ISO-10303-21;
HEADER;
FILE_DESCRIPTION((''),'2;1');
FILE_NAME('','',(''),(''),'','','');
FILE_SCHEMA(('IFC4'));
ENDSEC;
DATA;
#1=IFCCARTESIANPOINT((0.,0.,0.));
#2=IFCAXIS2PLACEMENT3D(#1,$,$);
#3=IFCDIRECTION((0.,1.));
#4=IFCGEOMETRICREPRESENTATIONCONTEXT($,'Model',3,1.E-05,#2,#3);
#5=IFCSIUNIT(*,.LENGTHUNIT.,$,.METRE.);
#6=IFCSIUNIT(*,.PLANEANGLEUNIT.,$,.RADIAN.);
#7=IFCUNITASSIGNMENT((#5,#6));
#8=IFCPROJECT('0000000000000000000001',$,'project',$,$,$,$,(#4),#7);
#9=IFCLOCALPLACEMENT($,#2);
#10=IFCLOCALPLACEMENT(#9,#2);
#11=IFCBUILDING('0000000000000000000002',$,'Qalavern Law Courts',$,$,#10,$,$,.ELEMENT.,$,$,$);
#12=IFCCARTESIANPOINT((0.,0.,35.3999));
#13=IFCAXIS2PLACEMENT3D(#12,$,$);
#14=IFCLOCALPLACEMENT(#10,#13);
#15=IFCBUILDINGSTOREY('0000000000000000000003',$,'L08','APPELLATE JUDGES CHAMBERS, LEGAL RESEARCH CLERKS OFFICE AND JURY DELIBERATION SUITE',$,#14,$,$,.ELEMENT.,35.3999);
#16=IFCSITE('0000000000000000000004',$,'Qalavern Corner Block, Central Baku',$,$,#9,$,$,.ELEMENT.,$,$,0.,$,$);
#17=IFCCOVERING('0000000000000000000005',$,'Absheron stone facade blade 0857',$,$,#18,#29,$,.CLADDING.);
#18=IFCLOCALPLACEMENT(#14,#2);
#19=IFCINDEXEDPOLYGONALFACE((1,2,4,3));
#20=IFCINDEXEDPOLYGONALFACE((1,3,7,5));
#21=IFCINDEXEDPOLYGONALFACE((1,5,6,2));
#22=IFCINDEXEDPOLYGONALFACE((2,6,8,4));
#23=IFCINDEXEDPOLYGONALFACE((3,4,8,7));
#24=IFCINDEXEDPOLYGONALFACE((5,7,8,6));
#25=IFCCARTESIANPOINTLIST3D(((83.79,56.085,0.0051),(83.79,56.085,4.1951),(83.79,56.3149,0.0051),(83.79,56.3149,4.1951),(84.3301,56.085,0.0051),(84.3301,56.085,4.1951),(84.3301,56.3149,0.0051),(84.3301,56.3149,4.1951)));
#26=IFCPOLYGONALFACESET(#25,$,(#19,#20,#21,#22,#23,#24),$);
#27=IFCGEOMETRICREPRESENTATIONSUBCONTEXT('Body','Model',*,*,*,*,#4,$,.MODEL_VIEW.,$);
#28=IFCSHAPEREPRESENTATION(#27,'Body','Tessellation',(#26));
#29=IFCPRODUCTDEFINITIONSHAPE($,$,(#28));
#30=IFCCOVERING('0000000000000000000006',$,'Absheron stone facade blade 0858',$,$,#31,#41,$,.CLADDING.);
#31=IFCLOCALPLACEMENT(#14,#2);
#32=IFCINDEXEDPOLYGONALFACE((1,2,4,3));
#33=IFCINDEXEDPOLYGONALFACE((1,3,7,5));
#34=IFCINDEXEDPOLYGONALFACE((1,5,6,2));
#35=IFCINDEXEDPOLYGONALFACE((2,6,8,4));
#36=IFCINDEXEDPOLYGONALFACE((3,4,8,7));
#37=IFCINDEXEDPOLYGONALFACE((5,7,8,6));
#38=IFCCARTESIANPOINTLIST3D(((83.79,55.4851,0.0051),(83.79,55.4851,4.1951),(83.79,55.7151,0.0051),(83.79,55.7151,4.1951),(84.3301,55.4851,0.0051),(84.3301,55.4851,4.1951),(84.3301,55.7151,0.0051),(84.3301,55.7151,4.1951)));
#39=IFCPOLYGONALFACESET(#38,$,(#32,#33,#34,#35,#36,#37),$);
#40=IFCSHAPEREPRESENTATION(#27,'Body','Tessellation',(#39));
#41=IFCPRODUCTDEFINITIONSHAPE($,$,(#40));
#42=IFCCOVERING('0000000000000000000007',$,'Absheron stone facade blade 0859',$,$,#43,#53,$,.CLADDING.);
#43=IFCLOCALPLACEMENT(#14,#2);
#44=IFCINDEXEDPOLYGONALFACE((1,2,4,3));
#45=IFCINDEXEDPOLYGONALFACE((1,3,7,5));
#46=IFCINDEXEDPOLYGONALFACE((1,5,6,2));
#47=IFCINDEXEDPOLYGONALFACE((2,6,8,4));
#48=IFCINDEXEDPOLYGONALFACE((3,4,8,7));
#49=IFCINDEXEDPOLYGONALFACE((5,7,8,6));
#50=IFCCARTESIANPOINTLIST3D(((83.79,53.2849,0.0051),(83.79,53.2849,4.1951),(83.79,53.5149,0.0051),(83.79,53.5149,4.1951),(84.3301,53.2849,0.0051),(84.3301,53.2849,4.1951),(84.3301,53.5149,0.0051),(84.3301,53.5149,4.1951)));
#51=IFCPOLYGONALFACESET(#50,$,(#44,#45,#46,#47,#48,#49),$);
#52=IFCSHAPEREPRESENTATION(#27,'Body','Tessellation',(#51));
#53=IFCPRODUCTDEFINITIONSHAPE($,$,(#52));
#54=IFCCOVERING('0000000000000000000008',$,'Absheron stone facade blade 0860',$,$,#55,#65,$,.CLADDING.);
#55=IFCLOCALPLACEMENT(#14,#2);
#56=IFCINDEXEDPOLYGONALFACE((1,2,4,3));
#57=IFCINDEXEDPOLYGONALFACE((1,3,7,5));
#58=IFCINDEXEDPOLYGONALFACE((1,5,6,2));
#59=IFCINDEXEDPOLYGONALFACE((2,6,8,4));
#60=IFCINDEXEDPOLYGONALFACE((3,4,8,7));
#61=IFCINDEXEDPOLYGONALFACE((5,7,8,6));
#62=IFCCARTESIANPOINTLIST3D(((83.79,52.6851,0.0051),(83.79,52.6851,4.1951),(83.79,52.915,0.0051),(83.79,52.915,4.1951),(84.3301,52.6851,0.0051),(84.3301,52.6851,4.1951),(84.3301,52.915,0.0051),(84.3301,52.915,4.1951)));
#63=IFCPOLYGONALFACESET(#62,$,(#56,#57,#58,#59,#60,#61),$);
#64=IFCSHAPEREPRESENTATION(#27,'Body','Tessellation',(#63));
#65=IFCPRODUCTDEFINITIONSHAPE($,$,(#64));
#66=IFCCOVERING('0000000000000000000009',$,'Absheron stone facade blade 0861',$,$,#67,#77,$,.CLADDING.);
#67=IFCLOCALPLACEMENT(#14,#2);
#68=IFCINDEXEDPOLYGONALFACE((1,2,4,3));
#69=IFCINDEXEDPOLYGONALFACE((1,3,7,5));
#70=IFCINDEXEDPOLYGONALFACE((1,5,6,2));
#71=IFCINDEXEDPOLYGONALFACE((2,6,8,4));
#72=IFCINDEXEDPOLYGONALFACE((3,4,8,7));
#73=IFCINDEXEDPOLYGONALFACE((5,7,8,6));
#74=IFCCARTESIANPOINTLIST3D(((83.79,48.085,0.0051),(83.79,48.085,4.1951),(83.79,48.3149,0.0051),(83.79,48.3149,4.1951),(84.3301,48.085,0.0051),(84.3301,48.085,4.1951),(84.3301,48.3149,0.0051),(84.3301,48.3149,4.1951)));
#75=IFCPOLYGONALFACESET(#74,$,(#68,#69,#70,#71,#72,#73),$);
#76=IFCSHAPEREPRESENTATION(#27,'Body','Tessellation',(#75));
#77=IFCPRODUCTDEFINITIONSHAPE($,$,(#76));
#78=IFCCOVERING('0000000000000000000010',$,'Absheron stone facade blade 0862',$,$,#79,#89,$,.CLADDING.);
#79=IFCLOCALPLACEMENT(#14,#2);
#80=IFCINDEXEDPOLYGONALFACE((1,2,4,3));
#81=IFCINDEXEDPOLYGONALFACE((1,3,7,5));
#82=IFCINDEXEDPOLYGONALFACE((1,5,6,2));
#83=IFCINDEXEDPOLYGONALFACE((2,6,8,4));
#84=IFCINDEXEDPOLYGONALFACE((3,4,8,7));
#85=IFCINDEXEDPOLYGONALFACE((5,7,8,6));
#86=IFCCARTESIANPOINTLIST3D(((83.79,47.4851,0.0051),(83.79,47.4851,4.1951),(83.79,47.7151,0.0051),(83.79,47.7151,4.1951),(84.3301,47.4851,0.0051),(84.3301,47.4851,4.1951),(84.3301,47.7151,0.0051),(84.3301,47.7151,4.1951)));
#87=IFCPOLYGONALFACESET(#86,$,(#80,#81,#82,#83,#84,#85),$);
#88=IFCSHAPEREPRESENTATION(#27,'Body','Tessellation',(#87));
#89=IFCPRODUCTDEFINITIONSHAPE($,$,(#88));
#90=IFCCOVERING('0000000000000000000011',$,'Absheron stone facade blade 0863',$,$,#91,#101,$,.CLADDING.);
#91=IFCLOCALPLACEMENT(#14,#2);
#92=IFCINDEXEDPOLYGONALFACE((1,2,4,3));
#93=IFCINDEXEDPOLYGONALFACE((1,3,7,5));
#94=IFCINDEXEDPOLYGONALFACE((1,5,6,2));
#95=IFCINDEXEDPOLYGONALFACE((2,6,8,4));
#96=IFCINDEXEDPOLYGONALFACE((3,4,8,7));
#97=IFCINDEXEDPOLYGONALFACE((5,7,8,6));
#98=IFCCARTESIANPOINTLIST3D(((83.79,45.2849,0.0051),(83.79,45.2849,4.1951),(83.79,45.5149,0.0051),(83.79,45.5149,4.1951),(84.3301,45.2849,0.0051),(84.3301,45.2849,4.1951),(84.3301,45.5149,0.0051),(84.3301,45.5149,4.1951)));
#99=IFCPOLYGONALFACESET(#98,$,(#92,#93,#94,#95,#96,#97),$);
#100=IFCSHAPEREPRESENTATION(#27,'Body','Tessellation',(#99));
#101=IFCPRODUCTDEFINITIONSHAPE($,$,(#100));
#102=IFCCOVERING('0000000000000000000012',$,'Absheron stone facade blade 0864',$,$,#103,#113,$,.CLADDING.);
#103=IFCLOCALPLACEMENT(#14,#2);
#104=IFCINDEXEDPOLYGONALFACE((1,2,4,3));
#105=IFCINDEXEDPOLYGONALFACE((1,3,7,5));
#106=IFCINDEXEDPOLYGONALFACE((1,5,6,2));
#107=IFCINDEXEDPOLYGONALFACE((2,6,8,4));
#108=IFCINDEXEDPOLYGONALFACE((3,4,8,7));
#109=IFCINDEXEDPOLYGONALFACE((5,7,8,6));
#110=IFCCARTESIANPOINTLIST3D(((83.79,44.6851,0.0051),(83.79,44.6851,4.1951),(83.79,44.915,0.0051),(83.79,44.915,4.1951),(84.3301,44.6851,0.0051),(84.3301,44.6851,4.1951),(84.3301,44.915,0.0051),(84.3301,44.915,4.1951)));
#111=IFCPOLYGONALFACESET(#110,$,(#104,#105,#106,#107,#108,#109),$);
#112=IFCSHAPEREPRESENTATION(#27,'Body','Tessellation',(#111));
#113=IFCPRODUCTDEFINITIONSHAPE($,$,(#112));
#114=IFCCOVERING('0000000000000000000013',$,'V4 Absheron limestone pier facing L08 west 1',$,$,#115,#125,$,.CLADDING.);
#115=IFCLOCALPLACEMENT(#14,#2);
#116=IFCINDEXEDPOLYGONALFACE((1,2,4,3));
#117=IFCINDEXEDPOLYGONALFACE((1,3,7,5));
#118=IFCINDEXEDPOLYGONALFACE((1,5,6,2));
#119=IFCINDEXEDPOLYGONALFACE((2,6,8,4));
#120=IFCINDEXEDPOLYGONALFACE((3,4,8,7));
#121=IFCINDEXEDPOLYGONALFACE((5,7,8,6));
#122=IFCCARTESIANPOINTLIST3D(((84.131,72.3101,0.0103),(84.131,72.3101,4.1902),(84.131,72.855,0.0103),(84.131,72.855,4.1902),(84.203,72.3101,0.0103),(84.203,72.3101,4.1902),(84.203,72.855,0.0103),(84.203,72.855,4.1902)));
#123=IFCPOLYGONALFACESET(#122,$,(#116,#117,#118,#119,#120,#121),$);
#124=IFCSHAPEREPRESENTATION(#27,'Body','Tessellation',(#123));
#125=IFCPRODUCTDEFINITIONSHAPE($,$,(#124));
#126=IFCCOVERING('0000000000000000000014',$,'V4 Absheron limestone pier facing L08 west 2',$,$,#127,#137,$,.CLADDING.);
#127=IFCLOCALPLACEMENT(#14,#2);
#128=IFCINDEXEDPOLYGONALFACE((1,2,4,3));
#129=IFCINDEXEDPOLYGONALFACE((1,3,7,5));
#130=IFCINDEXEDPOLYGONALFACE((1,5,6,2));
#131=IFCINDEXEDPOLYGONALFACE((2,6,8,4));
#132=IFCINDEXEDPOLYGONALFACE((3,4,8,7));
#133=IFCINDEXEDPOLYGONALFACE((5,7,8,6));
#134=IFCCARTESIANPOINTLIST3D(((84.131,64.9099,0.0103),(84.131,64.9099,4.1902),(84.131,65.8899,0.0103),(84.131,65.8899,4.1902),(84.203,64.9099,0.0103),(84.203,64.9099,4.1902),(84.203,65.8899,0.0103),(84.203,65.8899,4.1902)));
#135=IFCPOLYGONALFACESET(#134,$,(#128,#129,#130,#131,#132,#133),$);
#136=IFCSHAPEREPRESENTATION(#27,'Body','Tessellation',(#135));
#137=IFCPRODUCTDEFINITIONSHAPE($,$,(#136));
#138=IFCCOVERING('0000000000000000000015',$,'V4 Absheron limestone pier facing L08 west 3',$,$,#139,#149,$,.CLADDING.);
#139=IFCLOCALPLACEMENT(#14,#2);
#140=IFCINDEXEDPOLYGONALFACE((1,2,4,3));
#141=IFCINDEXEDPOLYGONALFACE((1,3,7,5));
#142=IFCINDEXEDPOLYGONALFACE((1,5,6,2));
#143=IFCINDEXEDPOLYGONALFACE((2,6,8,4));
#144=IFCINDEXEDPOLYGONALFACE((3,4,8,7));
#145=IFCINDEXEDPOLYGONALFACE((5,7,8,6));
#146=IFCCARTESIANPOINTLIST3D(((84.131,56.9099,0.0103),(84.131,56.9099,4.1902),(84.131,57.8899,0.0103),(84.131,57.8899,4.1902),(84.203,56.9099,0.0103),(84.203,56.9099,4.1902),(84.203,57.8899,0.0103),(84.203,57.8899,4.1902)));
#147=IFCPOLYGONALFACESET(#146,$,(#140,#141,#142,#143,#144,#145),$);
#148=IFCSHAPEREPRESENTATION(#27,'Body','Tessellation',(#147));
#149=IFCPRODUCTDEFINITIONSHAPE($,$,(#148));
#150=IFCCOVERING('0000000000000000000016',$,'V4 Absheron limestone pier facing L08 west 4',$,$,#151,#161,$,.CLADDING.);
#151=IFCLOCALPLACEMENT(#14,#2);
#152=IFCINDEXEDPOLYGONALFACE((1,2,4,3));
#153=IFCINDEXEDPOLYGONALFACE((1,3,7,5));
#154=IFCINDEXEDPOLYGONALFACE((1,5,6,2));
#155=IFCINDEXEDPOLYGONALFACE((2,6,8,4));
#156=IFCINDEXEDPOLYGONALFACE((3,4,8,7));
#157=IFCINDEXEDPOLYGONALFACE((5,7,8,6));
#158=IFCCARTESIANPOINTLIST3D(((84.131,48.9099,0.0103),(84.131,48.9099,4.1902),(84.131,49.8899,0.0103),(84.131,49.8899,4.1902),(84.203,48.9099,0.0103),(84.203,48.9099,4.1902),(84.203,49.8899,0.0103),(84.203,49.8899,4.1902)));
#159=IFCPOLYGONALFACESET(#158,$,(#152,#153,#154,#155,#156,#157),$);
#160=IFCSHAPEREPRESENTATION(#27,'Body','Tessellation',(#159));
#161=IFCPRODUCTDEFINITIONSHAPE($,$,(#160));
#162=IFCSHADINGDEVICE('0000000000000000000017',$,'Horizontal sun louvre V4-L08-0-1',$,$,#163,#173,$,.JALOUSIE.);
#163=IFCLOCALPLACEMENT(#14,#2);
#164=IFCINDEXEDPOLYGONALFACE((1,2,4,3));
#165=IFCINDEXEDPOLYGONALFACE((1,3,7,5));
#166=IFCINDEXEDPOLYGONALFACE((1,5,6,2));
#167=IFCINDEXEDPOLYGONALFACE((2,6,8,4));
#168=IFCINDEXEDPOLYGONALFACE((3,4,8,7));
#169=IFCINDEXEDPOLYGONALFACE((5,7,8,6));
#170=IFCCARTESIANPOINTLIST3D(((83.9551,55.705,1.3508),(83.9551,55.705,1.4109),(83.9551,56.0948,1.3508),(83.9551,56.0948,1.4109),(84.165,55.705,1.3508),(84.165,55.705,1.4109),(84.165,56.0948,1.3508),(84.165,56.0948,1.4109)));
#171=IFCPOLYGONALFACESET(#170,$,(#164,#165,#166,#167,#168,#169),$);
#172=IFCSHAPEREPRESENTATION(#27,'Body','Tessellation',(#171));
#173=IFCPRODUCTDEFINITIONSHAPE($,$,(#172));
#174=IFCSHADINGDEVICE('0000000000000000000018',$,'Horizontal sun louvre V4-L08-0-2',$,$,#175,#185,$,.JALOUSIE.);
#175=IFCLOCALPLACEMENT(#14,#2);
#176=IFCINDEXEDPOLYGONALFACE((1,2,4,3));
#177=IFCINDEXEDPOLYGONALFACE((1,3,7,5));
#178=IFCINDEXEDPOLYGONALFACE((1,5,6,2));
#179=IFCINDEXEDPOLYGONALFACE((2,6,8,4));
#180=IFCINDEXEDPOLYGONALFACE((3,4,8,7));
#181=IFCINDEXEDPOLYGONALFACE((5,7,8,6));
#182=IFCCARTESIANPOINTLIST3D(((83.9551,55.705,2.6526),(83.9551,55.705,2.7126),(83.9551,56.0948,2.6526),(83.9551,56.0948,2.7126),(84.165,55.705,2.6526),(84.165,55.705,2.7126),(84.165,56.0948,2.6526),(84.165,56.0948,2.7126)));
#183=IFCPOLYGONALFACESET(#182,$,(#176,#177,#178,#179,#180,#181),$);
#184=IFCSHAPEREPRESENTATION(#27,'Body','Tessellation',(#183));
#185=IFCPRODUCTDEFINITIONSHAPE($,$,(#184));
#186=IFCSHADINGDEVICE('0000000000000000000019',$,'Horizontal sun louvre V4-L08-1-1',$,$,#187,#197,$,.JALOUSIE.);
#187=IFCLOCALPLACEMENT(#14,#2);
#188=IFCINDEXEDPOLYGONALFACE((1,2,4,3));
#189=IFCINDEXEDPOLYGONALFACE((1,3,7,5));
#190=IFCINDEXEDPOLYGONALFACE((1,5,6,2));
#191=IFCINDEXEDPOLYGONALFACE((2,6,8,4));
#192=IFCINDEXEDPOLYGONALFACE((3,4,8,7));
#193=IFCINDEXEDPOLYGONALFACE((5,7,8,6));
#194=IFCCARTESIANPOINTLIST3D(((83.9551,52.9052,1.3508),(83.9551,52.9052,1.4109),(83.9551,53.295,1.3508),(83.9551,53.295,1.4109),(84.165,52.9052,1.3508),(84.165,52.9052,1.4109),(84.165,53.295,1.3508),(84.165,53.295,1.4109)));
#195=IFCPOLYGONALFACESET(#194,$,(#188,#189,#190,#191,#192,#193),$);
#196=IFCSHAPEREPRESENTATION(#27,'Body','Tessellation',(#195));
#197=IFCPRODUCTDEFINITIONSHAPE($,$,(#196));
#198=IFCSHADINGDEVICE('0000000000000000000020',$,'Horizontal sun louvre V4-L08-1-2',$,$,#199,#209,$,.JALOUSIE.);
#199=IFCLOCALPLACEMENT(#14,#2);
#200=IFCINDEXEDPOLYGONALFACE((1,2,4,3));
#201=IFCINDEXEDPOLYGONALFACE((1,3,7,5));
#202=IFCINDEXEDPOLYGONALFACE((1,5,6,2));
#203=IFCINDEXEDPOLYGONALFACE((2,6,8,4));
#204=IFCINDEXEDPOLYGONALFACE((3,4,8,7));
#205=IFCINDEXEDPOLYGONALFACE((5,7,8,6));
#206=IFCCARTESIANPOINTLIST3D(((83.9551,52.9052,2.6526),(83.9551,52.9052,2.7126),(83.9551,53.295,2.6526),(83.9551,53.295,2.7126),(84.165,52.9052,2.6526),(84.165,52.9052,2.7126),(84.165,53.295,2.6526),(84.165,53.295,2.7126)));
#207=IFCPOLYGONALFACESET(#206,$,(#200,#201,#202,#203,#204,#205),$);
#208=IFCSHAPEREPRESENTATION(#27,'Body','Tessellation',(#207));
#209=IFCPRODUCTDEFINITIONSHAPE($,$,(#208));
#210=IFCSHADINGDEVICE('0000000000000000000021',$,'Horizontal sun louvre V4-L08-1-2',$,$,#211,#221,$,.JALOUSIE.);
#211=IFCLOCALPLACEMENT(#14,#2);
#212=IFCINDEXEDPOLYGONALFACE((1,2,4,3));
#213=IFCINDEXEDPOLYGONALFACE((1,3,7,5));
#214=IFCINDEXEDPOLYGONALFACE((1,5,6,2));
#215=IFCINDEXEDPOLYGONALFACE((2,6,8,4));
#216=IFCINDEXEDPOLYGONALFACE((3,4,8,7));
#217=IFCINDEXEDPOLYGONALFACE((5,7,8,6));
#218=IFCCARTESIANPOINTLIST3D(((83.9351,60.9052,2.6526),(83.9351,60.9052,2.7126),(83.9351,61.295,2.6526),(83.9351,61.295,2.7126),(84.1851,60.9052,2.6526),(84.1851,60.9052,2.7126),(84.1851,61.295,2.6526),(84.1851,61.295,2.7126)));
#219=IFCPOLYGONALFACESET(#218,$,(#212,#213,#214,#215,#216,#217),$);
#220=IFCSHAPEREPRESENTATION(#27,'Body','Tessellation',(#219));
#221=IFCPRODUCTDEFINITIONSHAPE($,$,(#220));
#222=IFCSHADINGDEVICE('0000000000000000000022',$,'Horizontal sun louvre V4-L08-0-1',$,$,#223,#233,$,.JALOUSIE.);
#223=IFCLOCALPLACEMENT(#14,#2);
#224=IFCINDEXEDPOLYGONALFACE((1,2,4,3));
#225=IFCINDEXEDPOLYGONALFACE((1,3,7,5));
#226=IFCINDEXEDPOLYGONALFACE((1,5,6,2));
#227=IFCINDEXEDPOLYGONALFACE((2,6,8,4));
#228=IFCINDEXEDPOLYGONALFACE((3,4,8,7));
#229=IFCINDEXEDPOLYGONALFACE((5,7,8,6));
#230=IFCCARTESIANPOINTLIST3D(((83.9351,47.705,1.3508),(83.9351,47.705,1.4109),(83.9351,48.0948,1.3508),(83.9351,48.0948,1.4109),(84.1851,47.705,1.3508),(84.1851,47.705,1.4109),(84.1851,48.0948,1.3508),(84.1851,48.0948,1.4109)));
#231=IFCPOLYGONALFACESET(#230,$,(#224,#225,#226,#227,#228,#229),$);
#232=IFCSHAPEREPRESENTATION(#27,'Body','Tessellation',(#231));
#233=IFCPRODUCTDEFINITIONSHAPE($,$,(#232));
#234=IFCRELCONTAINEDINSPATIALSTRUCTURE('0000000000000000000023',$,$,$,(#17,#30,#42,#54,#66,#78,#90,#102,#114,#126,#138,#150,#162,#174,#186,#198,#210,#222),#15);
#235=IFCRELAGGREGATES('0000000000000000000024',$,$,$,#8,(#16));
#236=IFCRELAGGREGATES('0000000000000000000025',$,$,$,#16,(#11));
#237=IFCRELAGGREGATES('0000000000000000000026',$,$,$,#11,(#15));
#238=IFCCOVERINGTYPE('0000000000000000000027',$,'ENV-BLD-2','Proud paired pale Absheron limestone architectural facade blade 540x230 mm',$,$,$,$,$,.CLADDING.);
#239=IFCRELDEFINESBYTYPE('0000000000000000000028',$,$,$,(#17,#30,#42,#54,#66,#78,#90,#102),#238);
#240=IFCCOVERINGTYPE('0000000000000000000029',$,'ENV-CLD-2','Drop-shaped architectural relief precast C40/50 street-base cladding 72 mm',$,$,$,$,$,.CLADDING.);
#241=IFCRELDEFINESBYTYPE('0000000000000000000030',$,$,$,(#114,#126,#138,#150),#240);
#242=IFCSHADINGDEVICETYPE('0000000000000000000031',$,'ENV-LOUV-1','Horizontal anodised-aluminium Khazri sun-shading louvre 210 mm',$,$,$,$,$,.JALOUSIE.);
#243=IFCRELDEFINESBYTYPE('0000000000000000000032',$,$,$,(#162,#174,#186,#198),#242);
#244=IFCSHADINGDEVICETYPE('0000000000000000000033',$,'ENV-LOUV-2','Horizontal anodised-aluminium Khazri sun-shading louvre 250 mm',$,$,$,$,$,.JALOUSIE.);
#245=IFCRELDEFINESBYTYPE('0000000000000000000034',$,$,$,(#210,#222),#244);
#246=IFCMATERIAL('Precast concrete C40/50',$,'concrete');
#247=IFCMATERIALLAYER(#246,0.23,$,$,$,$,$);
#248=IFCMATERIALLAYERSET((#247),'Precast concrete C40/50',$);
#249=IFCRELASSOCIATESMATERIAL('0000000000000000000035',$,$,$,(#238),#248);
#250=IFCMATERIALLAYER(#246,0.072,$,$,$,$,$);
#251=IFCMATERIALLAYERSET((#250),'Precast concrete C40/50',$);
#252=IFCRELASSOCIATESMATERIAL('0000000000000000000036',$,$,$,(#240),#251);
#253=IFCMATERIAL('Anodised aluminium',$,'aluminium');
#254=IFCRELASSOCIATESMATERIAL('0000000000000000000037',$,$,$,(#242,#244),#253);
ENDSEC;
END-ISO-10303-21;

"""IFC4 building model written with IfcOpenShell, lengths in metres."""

from ifc_helpers import new_model, si_unit, direction, frame, origin, origin_2d, place, context, subcontext, project, spatial, rectangle, extrude, material, layer, layer_set, type_object, element, save


model = new_model("IFC4")

# Units and contexts
model_context = context("Model", 3, precision=1e-05, world=origin(), true_north=direction((0.0, 1.0)))
body_context = subcontext(model_context, "Body", "Model", "MODEL_VIEW")
ifc_project = project(units=[si_unit("LENGTHUNIT", "METRE"), si_unit("PLANEANGLEUNIT", "RADIAN")], contexts=[model_context])

# Site, building, storey
site_placement = place(None, origin())
site = spatial("IfcSite", under=ifc_project, at=site_placement, Name="Qalavern Corner Block, Central Baku", CompositionType="ELEMENT", RefElevation=0.0)
building_placement = place(site_placement, origin())
building = spatial("IfcBuilding", under=site, at=building_placement, Name="Qalavern Law Courts", CompositionType="ELEMENT")
storey_placement = place(building_placement, frame((0.0, 0.0, 35.3999)))
storey = spatial("IfcBuildingStorey", under=building, at=storey_placement, Name="L08", Description="APPELLATE JUDGES CHAMBERS, LEGAL RESEARCH CLERKS OFFICE AND JURY DELIBERATION SUITE", CompositionType="ELEMENT", Elevation=35.3999)

# Coverings
ifc_material_1 = material(Name="Precast concrete C40/50", Category="concrete")
ifc_layer_1 = layer(ifc_material_1, 0.23)
ifc_layer_set_1 = layer_set([ifc_layer_1], Name="Precast concrete C40/50")
covering_type_1 = type_object("IfcCoveringType", Name="ENV-BLD-2", Description="Proud paired pale Absheron limestone architectural facade blade 540x230 mm", PredefinedType="CLADDING", material=ifc_layer_set_1)
for number, where, z_axis, x_axis, name in (
    (1, (84.0601, 56.2, 0.0051), (0.0, 0.0, 1.0), (-1.0, 0.0, 0.0), "Absheron stone facade blade 0857"),
    (2, (84.0601, 55.6001, 0.0051), (0.0, 0.0, 1.0), (-1.0, 0.0, 0.0), "Absheron stone facade blade 0858"),
    (3, (84.0601, 53.3999, 0.0051), (0.0, 0.0, 1.0), (-1.0, 0.0, 0.0), "Absheron stone facade blade 0859"),
    (4, (84.0601, 52.8, 0.0051), (0.0, 0.0, 1.0), (-1.0, 0.0, 0.0), "Absheron stone facade blade 0860"),
    (5, (84.0601, 48.2, 0.0051), (0.0, 0.0, 1.0), (-1.0, 0.0, 0.0), "Absheron stone facade blade 0861"),
    (6, (84.0601, 47.6001, 0.0051), (0.0, 0.0, 1.0), (-1.0, 0.0, 0.0), "Absheron stone facade blade 0862"),
    (7, (84.0601, 45.3999, 0.0051), (0.0, 0.0, 1.0), (-1.0, 0.0, 0.0), "Absheron stone facade blade 0863"),
    (8, (84.0601, 44.8, 0.0051), (0.0, 0.0, 1.0), (-1.0, 0.0, 0.0), "Absheron stone facade blade 0864"),
):
    element("IfcCovering", number, at=place(storey_placement, frame(where, z_axis=z_axis, x_axis=x_axis)), inside=storey, type_object=covering_type_1, Name=name, PredefinedType="CLADDING", context=body_context, shape_type="SweptSolid", body=[
        extrude(rectangle(XDim=0.54, YDim=0.23, at=origin_2d()), origin(), (0.0, 0.0, 1.0), 4.1899),
    ])
ifc_layer_2 = layer(ifc_material_1, 0.072)
ifc_layer_set_2 = layer_set([ifc_layer_2], Name="Precast concrete C40/50")
covering_type_2 = type_object("IfcCoveringType", Name="ENV-CLD-2", Description="Drop-shaped architectural relief precast C40/50 street-base cladding 72 mm", PredefinedType="CLADDING", material=ifc_layer_set_2)
covering_placement = place(storey_placement, frame((84.167, 72.5825, 0.0103), z_axis=(0.0, 0.0, 1.0), x_axis=(0.0, -1.0, 0.0)))
element("IfcCovering", 9, at=covering_placement, inside=storey, type_object=covering_type_2, Name="V4 Absheron limestone pier facing L08 west 1", PredefinedType="CLADDING", context=body_context, shape_type="SweptSolid", body=[
    extrude(rectangle(XDim=0.5449, YDim=0.072, at=origin_2d()), origin(), (0.0, 0.0, 1.0), 4.1799),
])
for number, where, z_axis, x_axis, name in (
    (10, (84.167, 65.3999, 0.0103), (0.0, 0.0, 1.0), (0.0, -1.0, 0.0), "V4 Absheron limestone pier facing L08 west 2"),
    (11, (84.167, 57.3999, 0.0103), (0.0, 0.0, 1.0), (0.0, -1.0, 0.0), "V4 Absheron limestone pier facing L08 west 3"),
    (12, (84.167, 49.3999, 0.0103), (0.0, 0.0, 1.0), (0.0, -1.0, 0.0), "V4 Absheron limestone pier facing L08 west 4"),
):
    element("IfcCovering", number, at=place(storey_placement, frame(where, z_axis=z_axis, x_axis=x_axis)), inside=storey, type_object=covering_type_2, Name=name, PredefinedType="CLADDING", context=body_context, shape_type="SweptSolid", body=[
        extrude(rectangle(XDim=0.98, YDim=0.072, at=origin_2d()), origin(), (0.0, 0.0, 1.0), 4.1799),
    ])

# Shading devices
ifc_material_2 = material(Name="Anodised aluminium", Category="aluminium")
shading_device_type_1 = type_object("IfcShadingDeviceType", Name="ENV-LOUV-1", Description="Horizontal anodised-aluminium Khazri sun-shading louvre 210 mm", PredefinedType="JALOUSIE", material=ifc_material_2)
for number, where, z_axis, x_axis, name in (
    (13, (84.0601, 55.8999, 1.3508), (0.0, 0.0, 1.0), (0.0, -1.0, 0.0), "Horizontal sun louvre V4-L08-0-1"),
    (14, (84.0601, 55.8999, 2.6526), (0.0, 0.0, 1.0), (0.0, -1.0, 0.0), "Horizontal sun louvre V4-L08-0-2"),
    (15, (84.0601, 53.1001, 1.3508), (0.0, 0.0, 1.0), (0.0, -1.0, 0.0), "Horizontal sun louvre V4-L08-1-1"),
    (16, (84.0601, 53.1001, 2.6526), (0.0, 0.0, 1.0), (0.0, -1.0, 0.0), "Horizontal sun louvre V4-L08-1-2"),
):
    element("IfcShadingDevice", number, at=place(storey_placement, frame(where, z_axis=z_axis, x_axis=x_axis)), inside=storey, type_object=shading_device_type_1, Name=name, PredefinedType="JALOUSIE", context=body_context, shape_type="SweptSolid", body=[
        extrude(rectangle(XDim=0.3899, YDim=0.21, at=origin_2d()), origin(), (0.0, 0.0, 1.0), 0.0601),
    ])
shading_device_type_2 = type_object("IfcShadingDeviceType", Name="ENV-LOUV-2", Description="Horizontal anodised-aluminium Khazri sun-shading louvre 250 mm", PredefinedType="JALOUSIE", material=ifc_material_2)
for number, where, z_axis, x_axis, name in (
    (17, (84.0601, 61.1001, 2.6526), (0.0, 0.0, 1.0), (0.0, -1.0, 0.0), "Horizontal sun louvre V4-L08-1-2"),
    (18, (84.0601, 47.8999, 1.3508), (0.0, 0.0, 1.0), (0.0, -1.0, 0.0), "Horizontal sun louvre V4-L08-0-1"),
):
    element("IfcShadingDevice", number, at=place(storey_placement, frame(where, z_axis=z_axis, x_axis=x_axis)), inside=storey, type_object=shading_device_type_2, Name=name, PredefinedType="JALOUSIE", context=body_context, shape_type="SweptSolid", body=[
        extrude(rectangle(XDim=0.3899, YDim=0.25, at=origin_2d()), origin(), (0.0, 0.0, 1.0), 0.0601),
    ])

save(model, "model.ifc")
